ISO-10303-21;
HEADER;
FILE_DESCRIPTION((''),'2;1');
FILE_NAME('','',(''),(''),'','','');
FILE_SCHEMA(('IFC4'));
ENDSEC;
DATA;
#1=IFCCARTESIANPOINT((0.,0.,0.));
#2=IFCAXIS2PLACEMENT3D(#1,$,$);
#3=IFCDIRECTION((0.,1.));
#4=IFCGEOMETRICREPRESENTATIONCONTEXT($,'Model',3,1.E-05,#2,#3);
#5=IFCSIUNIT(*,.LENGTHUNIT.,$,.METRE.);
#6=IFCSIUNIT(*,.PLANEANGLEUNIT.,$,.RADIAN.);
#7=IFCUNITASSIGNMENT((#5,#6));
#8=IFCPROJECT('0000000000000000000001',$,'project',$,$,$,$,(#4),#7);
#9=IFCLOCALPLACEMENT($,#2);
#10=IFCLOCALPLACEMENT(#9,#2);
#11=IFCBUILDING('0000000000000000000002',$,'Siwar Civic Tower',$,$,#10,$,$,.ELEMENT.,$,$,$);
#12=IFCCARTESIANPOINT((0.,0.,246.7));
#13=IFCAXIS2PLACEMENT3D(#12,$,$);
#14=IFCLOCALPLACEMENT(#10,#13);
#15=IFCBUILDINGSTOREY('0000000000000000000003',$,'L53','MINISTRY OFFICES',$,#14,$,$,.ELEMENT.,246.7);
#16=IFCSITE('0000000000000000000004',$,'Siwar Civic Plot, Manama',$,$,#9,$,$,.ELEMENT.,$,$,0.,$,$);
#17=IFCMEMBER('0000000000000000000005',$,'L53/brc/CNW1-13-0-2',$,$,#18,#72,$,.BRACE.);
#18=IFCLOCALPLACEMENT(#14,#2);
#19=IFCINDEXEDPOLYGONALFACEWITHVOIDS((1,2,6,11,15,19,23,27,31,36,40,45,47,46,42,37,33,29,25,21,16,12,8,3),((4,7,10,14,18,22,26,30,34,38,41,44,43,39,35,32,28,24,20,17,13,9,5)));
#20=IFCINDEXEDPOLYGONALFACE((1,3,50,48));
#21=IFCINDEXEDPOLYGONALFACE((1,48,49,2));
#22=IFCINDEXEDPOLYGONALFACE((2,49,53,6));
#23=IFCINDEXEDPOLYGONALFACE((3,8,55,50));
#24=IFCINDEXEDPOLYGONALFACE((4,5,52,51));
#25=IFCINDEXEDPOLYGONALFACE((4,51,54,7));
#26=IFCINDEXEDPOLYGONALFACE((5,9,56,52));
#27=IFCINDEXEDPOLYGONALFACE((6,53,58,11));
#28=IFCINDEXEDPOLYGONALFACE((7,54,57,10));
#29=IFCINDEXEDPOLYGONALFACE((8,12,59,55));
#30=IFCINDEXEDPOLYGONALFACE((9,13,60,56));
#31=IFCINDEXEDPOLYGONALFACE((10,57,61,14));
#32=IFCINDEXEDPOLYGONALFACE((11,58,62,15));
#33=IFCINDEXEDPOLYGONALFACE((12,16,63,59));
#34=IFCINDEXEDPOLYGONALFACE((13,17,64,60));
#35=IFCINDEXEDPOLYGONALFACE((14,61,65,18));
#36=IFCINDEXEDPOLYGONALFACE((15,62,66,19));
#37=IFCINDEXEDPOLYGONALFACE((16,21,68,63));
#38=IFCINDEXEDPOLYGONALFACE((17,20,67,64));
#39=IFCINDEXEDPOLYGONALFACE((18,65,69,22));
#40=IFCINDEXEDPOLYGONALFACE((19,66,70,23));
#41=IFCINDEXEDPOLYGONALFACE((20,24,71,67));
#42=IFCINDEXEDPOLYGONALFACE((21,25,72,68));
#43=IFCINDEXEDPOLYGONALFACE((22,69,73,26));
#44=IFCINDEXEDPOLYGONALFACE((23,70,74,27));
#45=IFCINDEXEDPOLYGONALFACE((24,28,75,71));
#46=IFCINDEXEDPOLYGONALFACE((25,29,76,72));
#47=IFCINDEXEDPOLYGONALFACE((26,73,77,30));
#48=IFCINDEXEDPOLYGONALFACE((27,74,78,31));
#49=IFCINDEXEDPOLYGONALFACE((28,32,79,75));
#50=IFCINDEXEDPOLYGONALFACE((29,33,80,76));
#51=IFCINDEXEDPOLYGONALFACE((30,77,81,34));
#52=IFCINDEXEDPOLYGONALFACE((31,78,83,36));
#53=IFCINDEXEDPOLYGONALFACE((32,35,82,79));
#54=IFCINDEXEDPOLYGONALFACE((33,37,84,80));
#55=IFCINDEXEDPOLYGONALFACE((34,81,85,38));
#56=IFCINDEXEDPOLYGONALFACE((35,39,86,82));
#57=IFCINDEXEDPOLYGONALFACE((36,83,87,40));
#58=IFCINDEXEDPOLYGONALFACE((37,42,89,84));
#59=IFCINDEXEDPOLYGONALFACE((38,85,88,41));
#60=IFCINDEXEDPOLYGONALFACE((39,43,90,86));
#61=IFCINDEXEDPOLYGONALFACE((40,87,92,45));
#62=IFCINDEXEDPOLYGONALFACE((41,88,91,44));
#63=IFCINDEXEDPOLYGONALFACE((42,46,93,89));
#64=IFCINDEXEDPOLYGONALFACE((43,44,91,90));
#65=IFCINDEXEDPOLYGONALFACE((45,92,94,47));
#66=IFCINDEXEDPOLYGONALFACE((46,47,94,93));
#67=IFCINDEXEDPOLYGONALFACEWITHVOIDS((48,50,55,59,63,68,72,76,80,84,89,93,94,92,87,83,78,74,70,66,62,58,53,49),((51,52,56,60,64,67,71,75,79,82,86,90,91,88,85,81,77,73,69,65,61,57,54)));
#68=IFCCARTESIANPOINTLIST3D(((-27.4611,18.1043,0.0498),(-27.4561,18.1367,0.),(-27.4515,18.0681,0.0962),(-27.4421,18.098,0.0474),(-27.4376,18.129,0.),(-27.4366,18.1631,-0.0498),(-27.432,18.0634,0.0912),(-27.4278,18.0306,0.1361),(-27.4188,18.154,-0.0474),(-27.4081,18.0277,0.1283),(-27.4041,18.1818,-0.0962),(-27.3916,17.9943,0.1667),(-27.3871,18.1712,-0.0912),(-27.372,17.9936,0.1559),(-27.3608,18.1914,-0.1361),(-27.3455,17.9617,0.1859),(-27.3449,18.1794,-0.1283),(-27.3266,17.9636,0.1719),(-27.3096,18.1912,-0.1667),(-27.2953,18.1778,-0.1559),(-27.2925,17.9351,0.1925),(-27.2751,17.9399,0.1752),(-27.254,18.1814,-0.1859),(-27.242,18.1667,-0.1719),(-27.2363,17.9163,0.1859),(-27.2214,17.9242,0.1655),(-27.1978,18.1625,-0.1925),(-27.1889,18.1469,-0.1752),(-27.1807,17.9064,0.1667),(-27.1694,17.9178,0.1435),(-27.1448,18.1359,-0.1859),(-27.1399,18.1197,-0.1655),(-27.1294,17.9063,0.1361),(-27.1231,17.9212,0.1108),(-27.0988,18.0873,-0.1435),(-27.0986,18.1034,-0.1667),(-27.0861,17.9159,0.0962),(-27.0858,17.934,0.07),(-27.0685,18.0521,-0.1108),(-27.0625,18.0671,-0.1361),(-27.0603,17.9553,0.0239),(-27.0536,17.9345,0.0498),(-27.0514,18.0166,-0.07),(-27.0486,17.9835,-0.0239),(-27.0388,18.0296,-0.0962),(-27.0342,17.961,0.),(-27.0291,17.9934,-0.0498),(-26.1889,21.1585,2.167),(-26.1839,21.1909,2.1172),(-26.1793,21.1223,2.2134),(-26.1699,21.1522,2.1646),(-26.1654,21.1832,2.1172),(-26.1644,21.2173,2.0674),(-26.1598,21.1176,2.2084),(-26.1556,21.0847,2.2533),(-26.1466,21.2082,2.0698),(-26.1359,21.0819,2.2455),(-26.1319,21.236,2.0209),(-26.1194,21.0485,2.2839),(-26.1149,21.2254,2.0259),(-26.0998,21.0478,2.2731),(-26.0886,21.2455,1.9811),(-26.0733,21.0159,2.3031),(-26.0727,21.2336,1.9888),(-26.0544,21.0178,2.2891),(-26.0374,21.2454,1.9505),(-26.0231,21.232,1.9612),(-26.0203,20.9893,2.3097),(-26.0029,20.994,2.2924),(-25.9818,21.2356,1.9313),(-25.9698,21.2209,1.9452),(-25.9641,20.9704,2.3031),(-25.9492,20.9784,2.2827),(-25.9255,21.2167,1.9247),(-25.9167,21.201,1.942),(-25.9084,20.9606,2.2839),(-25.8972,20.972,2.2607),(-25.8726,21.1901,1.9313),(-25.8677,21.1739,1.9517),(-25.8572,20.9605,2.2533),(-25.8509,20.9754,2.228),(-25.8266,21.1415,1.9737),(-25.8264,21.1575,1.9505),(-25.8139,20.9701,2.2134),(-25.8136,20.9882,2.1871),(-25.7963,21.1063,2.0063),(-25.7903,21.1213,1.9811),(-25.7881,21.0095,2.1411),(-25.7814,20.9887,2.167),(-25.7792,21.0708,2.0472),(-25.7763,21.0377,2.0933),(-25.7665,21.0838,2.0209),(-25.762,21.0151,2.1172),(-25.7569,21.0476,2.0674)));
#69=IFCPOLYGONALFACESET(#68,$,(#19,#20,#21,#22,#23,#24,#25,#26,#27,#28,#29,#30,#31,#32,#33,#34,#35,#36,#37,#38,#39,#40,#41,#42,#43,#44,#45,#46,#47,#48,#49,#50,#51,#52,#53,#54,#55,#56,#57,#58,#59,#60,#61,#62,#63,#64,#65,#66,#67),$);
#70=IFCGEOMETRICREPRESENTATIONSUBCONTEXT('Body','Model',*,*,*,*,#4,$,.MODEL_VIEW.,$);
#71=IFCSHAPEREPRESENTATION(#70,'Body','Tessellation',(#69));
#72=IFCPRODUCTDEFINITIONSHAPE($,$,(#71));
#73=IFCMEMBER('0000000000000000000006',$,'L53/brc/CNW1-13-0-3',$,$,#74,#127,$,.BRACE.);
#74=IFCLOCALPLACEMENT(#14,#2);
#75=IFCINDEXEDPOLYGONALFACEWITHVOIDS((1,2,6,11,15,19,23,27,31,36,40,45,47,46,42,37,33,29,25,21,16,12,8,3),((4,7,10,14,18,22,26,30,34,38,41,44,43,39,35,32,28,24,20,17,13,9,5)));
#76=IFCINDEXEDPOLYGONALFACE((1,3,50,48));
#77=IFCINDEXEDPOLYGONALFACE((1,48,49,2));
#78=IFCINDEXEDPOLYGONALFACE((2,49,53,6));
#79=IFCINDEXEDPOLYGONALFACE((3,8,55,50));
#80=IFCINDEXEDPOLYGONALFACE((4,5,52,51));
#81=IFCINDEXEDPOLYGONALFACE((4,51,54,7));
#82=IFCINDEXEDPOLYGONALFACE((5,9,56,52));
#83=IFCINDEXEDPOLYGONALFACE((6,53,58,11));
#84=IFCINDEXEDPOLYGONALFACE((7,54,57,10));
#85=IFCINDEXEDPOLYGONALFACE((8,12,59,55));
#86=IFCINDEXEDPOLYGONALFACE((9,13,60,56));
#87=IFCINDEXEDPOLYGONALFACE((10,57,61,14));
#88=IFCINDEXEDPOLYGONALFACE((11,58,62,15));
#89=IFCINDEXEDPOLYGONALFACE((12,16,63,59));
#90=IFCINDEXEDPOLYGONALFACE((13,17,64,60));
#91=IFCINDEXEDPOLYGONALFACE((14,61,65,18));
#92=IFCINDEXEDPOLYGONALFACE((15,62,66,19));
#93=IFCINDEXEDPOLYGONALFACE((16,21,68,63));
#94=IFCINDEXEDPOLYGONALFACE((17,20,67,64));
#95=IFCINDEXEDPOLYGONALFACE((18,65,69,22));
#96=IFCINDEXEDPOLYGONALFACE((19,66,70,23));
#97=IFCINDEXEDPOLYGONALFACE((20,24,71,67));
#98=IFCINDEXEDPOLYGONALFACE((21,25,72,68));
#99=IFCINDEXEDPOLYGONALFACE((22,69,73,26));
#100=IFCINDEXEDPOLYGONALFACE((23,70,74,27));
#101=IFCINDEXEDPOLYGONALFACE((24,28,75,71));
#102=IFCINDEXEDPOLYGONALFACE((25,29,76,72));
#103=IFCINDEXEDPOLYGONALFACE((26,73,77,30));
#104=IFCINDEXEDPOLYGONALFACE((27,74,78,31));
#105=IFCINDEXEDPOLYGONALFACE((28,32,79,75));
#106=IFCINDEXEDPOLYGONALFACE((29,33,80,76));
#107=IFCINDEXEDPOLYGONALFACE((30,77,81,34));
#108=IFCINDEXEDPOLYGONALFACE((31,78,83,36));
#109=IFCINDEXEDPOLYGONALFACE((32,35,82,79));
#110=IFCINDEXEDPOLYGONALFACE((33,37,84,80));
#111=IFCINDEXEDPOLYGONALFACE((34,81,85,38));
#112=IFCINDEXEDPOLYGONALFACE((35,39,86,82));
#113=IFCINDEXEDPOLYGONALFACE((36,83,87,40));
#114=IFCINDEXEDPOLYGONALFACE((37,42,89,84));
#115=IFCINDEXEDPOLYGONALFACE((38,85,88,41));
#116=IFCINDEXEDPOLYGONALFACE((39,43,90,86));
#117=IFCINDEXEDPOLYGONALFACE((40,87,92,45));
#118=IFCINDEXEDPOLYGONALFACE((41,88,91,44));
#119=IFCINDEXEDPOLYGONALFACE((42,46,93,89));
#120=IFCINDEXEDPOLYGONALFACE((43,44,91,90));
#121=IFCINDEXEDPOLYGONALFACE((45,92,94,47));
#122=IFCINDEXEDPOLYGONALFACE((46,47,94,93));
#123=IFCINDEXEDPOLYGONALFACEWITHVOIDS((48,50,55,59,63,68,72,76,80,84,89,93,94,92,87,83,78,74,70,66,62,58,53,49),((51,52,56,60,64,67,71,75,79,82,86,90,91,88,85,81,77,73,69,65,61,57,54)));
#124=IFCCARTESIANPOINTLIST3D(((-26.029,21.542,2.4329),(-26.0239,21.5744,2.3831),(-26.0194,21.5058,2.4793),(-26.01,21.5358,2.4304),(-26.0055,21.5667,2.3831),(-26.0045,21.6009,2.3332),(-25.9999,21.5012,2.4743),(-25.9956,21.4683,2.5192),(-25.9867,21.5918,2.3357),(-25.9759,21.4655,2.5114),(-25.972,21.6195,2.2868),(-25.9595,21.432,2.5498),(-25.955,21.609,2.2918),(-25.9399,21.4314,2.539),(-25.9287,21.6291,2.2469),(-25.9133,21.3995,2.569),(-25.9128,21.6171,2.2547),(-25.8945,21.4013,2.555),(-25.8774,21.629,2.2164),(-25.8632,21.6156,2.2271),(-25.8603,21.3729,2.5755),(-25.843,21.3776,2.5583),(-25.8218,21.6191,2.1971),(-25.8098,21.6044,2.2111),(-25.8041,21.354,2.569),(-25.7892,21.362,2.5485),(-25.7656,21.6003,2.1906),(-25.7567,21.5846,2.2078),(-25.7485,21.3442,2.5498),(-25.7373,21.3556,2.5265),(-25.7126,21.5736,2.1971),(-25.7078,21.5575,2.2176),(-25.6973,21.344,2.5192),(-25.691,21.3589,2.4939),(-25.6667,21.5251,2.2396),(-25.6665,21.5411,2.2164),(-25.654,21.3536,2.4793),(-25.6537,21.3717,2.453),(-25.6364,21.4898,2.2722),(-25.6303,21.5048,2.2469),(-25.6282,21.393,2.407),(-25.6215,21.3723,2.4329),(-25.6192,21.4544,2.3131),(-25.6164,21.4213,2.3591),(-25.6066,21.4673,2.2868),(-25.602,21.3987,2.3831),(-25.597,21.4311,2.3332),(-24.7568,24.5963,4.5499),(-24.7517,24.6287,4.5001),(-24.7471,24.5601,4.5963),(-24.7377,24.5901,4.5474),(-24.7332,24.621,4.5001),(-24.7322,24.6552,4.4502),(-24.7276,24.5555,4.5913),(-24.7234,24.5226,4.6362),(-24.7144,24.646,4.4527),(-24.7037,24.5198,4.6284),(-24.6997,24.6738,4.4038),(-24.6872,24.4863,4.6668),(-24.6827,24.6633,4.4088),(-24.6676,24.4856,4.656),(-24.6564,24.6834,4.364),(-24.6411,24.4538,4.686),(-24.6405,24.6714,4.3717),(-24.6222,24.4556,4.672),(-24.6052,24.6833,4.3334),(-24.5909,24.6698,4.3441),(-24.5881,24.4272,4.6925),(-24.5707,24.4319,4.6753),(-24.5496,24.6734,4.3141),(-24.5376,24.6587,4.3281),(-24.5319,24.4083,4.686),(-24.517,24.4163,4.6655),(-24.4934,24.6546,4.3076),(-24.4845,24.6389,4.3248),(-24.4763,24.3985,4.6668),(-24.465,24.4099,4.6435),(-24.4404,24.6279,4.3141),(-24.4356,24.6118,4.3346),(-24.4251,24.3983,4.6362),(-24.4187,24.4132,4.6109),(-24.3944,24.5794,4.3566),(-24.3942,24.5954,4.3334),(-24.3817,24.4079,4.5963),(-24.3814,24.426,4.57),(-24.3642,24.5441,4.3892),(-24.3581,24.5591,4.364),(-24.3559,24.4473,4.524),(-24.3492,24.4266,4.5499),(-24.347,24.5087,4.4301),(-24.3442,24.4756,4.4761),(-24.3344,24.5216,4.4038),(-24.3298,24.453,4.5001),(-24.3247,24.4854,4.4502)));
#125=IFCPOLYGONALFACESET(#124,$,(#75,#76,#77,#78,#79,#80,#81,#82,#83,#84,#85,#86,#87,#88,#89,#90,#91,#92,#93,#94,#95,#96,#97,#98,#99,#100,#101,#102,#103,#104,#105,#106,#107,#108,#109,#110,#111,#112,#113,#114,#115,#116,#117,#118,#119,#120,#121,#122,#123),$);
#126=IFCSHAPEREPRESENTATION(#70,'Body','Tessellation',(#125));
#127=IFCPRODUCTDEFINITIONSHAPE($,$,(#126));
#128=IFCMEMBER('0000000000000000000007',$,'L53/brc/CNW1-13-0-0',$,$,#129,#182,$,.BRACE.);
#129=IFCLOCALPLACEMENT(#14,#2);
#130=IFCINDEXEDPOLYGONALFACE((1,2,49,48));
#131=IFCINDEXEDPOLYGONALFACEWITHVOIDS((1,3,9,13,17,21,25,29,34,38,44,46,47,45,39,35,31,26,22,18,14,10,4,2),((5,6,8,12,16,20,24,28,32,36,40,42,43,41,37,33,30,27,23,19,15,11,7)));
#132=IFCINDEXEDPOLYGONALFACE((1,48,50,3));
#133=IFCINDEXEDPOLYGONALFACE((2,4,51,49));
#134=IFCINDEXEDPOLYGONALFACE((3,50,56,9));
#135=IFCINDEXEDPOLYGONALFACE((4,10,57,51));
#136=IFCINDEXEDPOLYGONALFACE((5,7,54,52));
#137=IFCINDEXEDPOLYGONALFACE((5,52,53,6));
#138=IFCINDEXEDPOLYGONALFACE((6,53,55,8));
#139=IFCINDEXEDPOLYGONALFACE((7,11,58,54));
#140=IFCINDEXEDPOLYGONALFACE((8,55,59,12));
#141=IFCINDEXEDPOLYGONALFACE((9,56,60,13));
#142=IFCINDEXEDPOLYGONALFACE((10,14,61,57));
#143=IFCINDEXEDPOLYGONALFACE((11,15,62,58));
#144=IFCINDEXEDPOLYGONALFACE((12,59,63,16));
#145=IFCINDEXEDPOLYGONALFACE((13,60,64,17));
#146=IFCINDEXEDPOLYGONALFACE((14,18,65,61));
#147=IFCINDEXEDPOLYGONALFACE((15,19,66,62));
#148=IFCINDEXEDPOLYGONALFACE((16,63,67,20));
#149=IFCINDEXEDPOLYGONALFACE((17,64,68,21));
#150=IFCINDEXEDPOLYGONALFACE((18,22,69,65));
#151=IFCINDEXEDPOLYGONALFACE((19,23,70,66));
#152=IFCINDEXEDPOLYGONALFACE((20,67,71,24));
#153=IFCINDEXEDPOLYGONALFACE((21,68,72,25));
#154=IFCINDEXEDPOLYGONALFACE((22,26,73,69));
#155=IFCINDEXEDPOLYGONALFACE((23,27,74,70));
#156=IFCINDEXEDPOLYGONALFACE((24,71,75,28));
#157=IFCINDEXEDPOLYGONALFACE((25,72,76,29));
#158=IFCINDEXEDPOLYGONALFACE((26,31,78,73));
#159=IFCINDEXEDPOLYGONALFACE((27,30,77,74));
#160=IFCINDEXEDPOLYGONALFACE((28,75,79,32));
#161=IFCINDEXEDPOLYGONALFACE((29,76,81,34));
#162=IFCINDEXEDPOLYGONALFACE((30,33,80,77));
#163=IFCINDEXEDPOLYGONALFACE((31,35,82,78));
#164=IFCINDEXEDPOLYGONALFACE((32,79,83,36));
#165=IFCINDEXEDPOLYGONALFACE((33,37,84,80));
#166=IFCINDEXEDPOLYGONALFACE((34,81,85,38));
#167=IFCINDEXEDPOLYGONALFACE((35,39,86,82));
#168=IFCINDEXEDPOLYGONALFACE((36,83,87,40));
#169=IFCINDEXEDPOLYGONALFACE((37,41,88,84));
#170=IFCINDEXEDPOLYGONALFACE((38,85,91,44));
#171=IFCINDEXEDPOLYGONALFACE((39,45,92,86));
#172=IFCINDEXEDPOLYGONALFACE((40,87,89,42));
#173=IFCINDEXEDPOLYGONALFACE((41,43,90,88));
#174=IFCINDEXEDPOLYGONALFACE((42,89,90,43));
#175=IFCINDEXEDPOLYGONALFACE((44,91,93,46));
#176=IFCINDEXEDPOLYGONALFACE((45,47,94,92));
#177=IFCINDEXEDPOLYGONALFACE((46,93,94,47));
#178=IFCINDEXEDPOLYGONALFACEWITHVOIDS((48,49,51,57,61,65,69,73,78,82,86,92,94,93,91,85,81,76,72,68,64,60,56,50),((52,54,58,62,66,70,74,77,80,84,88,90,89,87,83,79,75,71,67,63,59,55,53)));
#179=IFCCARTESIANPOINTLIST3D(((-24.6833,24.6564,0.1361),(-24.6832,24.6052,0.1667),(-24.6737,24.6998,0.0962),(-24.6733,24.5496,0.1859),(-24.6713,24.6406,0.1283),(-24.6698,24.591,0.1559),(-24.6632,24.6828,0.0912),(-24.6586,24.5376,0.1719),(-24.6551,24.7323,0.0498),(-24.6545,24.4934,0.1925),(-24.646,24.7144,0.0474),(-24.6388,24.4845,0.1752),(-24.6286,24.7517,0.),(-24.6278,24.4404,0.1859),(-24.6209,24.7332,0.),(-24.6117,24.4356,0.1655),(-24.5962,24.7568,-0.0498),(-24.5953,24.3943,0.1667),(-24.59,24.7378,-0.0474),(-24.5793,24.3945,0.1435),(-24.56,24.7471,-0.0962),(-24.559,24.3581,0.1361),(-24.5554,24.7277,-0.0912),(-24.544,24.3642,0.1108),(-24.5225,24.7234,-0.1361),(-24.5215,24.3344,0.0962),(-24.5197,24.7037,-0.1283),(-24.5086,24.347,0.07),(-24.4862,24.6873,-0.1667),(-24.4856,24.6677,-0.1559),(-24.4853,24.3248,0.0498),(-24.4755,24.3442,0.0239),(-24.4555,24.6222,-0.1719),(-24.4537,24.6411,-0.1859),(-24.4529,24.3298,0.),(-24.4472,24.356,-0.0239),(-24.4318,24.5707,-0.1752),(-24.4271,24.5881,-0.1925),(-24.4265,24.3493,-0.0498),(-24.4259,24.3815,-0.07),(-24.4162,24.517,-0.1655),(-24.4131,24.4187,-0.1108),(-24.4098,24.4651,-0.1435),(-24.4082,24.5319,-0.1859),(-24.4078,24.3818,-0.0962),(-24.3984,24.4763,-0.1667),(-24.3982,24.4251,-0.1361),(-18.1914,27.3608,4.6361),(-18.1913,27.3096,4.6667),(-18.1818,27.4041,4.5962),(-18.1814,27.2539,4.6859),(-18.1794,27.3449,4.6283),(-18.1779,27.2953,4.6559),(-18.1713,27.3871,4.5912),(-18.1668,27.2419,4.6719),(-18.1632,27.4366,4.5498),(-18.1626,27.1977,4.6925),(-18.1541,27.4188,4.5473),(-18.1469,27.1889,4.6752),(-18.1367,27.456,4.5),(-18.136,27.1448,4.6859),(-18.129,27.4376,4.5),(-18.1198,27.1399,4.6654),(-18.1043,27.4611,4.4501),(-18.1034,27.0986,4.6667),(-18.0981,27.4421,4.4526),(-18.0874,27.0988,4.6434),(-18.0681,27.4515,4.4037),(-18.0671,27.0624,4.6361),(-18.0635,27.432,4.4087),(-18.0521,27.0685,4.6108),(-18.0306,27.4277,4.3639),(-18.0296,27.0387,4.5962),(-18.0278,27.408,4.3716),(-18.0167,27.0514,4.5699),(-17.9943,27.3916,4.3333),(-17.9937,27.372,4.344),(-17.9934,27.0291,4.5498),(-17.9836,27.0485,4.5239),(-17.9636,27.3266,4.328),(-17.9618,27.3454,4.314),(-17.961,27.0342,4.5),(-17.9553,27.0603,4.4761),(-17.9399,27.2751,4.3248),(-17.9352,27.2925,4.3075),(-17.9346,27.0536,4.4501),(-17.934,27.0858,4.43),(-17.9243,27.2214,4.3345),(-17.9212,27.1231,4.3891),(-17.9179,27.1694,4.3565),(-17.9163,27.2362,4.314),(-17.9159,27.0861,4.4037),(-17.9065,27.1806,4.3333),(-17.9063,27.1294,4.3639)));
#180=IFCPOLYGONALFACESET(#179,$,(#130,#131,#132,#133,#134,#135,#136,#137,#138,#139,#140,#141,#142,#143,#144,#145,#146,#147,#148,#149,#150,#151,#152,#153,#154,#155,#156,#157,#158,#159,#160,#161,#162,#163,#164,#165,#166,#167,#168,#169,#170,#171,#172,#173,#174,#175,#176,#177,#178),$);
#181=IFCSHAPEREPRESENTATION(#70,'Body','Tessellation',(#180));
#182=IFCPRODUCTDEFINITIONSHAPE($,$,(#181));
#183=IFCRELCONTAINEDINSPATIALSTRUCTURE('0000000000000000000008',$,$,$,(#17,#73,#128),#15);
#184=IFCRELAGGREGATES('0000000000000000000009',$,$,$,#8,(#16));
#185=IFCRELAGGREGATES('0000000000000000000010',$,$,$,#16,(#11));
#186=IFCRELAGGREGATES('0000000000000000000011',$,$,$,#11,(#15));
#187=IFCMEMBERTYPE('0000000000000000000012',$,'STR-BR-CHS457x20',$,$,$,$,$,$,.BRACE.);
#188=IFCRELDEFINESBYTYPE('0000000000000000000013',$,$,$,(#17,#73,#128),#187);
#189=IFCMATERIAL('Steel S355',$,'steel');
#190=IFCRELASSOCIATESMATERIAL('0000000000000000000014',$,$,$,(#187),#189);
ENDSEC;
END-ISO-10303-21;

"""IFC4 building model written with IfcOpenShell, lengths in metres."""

from ifc_helpers import new_model, si_unit, direction, frame, origin, origin_2d, place, context, subcontext, project, spatial, hollow_circle, extrude, material, material_profile, profile_set, type_object, element, save


model = new_model("IFC4")

# Units and contexts
model_context = context("Model", 3, precision=1e-05, world=origin(), true_north=direction((0.0, 1.0)))
body_context = subcontext(model_context, "Body", "Model", "MODEL_VIEW")
ifc_project = project(units=[si_unit("LENGTHUNIT", "METRE"), si_unit("PLANEANGLEUNIT", "RADIAN")], contexts=[model_context])

# Site, building, storey
site_placement = place(None, origin())
site = spatial("IfcSite", under=ifc_project, at=site_placement, Name="Siwar Civic Plot, Manama", CompositionType="ELEMENT", RefElevation=0.0)
building_placement = place(site_placement, origin())
building = spatial("IfcBuilding", under=site, at=building_placement, Name="Siwar Civic Tower", CompositionType="ELEMENT")
storey_placement = place(building_placement, frame((0.0, 0.0, 246.7)))
storey = spatial("IfcBuildingStorey", under=building, at=storey_placement, Name="L53", Description="MINISTRY OFFICES", CompositionType="ELEMENT", Elevation=246.7)

# Members
ifc_material_1 = material(Name="Steel S355", Category="steel")
ifc_material_profile_1 = material_profile(ifc_material_1, hollow_circle(Radius=0.2285, WallThickness=0.02, at=origin_2d()), Name="CHS457x20")
ifc_profile_set_1 = profile_set([ifc_material_profile_1], Name="Steel S355")
member_type_1 = type_object("IfcMemberType", Name="STR-BR-CHS457x20", PredefinedType="BRACE", material=ifc_profile_set_1)
for number, where, z_axis, x_axis, name in (
    (1, (-27.2451, 18.0488, 0.0), (0.323884, 0.777546, 0.538999), (-0.923116, 0.384521, 0.0), "L53/brc/CNW1-13-0-2"),
    (2, (-25.813, 21.4866, 2.3831), (0.323895, 0.777572, 0.538955), (-0.923116, 0.384521, 0.0), "L53/brc/CNW1-13-0-3"),
):
    element("IfcMember", number, at=place(storey_placement, frame(where, z_axis=z_axis, x_axis=x_axis)), inside=storey, type_object=member_type_1, Name=name, PredefinedType="BRACE", context=body_context, shape_type="SweptSolid", body=[
        extrude(hollow_circle(Radius=0.2285, WallThickness=0.02, at=origin_2d()), origin(), (0.0, 0.0, 1.0), 3.928),
    ])
member_1_placement = place(storey_placement, frame((-24.5408, 24.5408, 0.0), z_axis=(0.777555, 0.323906, 0.538975), x_axis=(-0.384539, 0.923109, 0.0)))
element("IfcMember", 3, at=member_1_placement, inside=storey, type_object=member_type_1, Name="L53/brc/CNW1-13-0-0", PredefinedType="BRACE", context=body_context, shape_type="SweptSolid", body=[
    extrude(hollow_circle(Radius=0.2285, WallThickness=0.02, at=origin_2d()), origin(), (0.0, 0.0, 1.0), 8.3491),
])

save(model, "model.ifc")
